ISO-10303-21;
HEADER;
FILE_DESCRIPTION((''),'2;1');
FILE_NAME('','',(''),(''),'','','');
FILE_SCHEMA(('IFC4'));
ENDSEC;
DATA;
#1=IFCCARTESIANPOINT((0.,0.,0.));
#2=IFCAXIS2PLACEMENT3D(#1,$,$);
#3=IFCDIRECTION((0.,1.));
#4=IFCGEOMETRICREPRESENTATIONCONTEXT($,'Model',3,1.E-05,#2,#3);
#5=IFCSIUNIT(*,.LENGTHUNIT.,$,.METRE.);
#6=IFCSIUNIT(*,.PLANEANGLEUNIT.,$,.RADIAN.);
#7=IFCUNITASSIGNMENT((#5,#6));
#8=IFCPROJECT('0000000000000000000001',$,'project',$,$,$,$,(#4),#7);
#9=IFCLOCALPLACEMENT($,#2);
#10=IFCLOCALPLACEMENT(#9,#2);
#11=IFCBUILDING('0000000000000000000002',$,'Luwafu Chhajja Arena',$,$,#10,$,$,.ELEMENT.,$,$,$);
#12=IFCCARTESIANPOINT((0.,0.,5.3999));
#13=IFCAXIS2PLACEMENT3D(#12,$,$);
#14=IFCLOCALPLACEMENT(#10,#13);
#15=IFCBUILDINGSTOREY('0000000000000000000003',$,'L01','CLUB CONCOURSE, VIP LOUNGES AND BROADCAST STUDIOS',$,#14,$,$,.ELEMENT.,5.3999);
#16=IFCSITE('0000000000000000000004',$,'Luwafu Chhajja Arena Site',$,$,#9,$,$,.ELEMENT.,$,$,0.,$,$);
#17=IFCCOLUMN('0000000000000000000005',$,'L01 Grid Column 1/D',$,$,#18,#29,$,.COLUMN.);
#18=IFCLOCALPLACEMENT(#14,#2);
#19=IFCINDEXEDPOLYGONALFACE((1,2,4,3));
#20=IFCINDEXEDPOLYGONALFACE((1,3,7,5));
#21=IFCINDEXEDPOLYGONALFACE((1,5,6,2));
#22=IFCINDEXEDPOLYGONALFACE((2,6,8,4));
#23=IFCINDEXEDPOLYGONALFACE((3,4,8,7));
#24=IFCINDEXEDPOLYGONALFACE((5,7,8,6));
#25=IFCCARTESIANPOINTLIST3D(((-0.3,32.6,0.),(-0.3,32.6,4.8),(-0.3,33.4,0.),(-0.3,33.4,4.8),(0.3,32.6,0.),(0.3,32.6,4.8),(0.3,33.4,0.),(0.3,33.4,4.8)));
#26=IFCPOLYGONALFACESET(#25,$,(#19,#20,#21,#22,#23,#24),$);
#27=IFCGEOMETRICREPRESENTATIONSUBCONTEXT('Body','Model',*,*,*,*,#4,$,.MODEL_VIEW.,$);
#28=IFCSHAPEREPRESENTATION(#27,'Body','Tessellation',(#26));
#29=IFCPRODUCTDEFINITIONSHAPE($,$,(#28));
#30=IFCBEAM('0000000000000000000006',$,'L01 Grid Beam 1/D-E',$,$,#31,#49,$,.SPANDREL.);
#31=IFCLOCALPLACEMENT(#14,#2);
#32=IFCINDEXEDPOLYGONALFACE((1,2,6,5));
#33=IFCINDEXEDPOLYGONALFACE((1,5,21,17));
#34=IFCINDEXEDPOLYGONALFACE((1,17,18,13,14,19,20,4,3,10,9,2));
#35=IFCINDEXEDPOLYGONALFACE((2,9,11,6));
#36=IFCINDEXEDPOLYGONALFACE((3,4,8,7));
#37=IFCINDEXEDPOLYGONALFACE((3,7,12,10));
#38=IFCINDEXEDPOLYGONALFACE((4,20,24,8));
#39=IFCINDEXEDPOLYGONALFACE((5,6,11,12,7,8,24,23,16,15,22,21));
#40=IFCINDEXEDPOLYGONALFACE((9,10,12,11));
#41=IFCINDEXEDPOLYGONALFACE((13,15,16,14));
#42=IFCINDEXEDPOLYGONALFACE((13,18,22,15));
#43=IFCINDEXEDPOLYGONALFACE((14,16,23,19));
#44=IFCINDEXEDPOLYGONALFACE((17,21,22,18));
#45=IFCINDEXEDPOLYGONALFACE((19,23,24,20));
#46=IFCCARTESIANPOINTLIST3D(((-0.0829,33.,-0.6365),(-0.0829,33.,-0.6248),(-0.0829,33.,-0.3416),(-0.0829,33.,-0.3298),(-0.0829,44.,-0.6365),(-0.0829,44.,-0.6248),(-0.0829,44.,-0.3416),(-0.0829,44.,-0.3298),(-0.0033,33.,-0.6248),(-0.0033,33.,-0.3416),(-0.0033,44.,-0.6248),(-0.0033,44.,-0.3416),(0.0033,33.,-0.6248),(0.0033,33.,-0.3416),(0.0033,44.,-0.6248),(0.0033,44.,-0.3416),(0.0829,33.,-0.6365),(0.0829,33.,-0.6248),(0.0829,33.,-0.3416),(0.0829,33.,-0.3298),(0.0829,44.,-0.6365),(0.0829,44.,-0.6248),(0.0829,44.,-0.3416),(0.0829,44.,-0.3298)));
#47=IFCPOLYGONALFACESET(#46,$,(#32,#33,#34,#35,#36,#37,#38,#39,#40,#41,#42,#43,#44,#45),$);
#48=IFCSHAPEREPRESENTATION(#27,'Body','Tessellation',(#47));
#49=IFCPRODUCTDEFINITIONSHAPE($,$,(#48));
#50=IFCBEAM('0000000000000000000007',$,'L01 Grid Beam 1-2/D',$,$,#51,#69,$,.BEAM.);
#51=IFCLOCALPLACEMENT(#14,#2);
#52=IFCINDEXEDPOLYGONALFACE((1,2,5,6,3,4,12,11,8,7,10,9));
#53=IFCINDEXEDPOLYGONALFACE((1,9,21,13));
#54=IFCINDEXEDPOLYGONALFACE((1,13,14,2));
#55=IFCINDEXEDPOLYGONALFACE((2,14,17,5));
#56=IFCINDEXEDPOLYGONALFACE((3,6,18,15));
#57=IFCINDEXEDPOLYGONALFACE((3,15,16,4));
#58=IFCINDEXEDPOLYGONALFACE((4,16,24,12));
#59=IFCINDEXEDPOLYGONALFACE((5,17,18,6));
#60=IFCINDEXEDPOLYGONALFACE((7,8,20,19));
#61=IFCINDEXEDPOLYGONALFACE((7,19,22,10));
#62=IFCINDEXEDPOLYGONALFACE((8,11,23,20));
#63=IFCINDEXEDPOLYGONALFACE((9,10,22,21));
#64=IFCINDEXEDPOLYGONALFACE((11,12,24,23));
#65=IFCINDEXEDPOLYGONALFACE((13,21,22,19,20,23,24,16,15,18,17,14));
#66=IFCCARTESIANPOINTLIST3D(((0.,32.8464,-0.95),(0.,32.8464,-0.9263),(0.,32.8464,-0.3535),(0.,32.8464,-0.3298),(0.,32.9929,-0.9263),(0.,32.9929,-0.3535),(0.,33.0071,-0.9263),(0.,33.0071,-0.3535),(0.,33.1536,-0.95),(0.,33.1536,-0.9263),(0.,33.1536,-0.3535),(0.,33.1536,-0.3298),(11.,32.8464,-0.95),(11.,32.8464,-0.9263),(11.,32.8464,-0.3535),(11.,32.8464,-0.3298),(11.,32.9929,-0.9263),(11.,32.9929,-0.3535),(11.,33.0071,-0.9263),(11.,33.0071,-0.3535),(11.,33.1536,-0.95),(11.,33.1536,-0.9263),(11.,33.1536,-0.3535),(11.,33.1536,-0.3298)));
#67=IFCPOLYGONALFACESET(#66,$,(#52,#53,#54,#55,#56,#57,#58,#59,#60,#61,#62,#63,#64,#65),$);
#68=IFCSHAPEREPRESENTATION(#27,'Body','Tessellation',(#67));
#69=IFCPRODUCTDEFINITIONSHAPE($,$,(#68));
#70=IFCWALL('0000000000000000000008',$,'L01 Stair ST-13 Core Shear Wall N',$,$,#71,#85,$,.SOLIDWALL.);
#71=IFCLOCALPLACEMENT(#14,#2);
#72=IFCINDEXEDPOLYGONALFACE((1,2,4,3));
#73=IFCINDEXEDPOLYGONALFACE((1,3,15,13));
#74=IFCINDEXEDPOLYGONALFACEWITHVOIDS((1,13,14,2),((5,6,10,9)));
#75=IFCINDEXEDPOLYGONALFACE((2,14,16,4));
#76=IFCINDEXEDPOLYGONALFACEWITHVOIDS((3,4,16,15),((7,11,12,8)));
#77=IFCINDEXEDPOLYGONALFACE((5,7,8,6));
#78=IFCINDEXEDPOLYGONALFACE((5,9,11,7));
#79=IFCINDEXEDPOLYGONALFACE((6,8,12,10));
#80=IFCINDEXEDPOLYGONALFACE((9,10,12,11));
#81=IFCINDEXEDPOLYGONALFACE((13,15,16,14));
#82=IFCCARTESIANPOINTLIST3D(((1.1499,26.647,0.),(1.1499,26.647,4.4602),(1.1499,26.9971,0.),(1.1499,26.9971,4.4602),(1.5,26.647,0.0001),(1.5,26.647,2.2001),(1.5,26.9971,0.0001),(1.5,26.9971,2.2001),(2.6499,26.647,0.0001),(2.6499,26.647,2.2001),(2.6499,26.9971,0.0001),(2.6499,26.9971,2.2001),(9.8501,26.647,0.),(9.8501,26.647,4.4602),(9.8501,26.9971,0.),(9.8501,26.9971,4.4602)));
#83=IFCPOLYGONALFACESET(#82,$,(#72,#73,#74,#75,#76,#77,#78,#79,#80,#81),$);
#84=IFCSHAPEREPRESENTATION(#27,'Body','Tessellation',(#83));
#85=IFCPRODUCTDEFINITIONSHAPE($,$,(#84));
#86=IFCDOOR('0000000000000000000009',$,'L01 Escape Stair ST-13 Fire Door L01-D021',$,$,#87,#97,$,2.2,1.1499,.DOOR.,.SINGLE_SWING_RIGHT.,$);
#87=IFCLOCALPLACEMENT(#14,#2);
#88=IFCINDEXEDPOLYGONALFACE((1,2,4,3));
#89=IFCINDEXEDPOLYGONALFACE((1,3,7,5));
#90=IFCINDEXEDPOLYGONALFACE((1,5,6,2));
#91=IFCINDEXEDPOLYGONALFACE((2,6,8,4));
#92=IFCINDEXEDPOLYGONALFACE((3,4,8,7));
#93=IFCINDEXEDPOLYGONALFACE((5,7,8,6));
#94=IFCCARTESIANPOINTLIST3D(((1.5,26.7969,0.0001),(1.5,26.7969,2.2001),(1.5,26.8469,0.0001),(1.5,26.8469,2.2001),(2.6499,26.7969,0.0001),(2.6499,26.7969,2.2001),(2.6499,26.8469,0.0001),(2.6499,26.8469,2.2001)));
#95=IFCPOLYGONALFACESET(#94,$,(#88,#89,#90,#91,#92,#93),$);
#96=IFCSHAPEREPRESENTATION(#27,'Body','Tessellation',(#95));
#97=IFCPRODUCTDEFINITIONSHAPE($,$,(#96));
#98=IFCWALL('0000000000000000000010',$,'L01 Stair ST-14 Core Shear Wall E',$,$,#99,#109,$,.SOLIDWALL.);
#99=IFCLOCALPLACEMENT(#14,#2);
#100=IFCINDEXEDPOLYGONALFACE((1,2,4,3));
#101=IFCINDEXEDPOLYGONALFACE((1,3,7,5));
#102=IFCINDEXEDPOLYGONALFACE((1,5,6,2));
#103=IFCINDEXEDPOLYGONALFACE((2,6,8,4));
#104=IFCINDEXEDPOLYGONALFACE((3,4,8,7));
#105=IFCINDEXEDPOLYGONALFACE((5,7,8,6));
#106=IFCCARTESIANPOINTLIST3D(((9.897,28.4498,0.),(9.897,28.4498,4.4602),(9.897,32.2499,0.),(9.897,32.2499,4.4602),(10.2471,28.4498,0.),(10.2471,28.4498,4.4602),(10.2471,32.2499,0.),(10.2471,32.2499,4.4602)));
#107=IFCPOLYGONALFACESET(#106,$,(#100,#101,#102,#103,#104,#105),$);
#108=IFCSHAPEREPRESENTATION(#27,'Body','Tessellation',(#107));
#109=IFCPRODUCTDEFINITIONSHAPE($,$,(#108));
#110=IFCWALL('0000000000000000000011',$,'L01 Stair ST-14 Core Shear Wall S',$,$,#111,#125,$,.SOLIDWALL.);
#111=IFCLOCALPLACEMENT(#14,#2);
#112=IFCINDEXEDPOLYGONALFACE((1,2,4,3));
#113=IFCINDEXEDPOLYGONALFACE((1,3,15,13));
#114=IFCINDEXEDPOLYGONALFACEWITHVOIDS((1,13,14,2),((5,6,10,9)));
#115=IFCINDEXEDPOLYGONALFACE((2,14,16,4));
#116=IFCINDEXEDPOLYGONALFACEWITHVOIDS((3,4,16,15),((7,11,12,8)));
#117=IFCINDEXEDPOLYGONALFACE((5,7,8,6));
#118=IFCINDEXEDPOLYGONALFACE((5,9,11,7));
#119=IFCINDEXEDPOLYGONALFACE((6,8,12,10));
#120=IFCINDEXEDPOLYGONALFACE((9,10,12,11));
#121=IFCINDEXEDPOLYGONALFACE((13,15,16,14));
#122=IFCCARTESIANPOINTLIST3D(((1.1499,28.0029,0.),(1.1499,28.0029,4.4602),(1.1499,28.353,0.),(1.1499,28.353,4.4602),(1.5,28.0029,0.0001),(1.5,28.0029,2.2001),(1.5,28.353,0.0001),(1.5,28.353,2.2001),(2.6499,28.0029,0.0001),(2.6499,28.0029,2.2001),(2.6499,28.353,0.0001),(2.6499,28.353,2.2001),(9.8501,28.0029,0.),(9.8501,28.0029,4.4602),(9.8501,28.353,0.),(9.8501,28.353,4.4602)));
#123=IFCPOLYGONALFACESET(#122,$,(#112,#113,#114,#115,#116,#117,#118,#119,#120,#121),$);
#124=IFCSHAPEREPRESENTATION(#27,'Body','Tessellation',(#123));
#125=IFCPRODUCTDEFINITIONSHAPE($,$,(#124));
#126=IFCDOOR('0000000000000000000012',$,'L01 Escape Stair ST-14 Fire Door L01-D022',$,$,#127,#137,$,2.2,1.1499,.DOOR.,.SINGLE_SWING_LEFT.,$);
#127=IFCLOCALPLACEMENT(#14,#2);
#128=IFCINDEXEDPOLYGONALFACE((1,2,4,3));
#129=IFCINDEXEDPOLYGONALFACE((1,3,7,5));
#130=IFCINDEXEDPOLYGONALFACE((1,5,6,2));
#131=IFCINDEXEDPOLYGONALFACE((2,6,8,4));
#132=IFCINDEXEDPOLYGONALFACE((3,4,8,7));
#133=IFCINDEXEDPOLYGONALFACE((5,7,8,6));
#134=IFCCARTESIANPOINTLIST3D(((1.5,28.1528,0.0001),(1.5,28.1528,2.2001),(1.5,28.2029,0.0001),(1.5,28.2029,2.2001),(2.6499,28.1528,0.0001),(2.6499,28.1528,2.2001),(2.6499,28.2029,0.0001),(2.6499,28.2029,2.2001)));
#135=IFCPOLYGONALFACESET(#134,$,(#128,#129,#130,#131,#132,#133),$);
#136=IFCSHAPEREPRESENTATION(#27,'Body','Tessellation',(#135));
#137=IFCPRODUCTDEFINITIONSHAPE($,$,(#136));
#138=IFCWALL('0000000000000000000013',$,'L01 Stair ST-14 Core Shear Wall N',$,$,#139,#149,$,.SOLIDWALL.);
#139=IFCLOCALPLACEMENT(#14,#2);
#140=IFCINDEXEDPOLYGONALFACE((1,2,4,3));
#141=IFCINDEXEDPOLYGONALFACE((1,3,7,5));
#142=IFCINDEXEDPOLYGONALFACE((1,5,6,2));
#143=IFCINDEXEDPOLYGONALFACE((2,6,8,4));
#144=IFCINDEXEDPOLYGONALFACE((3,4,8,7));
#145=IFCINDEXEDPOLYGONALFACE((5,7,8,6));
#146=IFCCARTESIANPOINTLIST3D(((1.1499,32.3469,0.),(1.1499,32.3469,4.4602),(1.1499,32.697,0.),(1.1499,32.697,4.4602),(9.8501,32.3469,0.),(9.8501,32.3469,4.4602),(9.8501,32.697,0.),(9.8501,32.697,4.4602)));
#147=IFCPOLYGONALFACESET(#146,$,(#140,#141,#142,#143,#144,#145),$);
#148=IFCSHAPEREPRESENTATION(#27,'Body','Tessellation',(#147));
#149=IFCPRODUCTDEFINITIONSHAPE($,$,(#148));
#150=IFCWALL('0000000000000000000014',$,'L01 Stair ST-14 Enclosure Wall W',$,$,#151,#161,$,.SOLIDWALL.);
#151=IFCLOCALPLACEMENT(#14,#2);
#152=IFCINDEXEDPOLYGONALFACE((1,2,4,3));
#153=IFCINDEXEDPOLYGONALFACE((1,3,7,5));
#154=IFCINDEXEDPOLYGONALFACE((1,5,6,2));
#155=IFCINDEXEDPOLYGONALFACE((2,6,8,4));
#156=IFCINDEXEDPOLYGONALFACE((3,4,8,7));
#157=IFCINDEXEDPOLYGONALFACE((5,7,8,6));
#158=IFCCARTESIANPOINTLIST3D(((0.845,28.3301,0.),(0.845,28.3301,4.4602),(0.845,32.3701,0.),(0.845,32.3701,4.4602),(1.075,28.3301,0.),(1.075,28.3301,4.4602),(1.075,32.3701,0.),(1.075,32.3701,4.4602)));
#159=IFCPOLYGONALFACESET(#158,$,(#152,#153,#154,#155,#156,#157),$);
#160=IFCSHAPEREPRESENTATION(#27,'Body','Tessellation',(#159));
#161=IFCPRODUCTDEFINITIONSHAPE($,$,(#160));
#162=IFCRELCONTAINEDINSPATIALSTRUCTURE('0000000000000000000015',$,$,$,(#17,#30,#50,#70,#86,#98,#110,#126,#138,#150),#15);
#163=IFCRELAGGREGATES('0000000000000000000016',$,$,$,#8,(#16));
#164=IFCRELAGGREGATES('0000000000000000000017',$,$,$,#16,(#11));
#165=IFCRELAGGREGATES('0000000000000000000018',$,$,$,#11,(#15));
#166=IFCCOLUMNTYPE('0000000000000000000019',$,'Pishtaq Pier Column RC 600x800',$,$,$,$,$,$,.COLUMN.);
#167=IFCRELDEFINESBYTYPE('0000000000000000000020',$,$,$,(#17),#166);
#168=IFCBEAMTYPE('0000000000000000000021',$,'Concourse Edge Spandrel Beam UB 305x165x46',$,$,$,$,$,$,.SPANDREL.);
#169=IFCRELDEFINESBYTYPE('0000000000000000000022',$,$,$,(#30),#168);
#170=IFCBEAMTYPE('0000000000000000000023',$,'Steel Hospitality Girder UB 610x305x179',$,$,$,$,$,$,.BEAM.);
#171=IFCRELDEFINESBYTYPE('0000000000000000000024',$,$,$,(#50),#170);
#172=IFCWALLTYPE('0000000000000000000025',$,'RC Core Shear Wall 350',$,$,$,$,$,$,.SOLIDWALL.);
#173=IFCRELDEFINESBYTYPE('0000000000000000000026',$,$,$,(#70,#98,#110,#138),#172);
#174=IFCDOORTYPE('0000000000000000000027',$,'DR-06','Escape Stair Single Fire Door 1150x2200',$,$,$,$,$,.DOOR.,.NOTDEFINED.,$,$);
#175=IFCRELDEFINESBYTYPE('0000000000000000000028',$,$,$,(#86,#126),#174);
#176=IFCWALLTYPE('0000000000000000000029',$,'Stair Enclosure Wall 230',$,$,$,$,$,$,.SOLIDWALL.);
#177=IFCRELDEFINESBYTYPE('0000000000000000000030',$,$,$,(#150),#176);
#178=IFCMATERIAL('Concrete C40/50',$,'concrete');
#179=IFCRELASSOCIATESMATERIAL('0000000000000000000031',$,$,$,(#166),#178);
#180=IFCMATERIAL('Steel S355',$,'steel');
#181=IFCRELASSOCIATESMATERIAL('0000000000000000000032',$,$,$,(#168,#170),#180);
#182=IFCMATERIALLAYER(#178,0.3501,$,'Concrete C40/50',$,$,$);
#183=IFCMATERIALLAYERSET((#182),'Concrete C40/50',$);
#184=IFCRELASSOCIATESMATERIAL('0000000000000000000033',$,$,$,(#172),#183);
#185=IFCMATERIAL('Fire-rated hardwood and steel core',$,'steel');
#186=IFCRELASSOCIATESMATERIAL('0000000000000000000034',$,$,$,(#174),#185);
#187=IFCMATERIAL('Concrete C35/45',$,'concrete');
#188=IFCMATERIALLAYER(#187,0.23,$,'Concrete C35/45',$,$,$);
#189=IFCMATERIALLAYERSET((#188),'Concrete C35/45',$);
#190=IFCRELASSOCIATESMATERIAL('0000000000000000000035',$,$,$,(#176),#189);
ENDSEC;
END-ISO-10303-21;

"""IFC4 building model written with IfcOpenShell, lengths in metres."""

from ifc_helpers import new_model, si_unit, direction, frame, frame_2d, origin, origin_2d, place, context, subcontext, project, spatial, rectangle, i_section, extrude, material, layer, layer_set, material_profile, profile_set, type_object, element, fill, save


model = new_model("IFC4")

# Units and contexts
model_context = context("Model", 3, precision=1e-05, world=origin(), true_north=direction((0.0, 1.0)))
body_context = subcontext(model_context, "Body", "Model", "MODEL_VIEW")
ifc_project = project(units=[si_unit("LENGTHUNIT", "METRE"), si_unit("PLANEANGLEUNIT", "RADIAN")], contexts=[model_context])

# Site, building, storey
site_placement = place(None, origin())
site = spatial("IfcSite", under=ifc_project, at=site_placement, Name="Luwafu Chhajja Arena Site", CompositionType="ELEMENT", RefElevation=0.0)
building_placement = place(site_placement, origin())
building = spatial("IfcBuilding", under=site, at=building_placement, Name="Luwafu Chhajja Arena", CompositionType="ELEMENT")
storey_placement = place(building_placement, frame((0.0, 0.0, 5.3999)))
storey = spatial("IfcBuildingStorey", under=building, at=storey_placement, Name="L01", Description="CLUB CONCOURSE, VIP LOUNGES AND BROADCAST STUDIOS", CompositionType="ELEMENT", Elevation=5.3999)

# Column
ifc_material_1 = material(Name="Concrete C40/50", Category="concrete")
ifc_material_profile_1 = material_profile(ifc_material_1, rectangle(XDim=0.6001, YDim=0.8, at=origin_2d()), Name="RC 600x800")
ifc_profile_set_1 = profile_set([ifc_material_profile_1], Name="Concrete C40/50")
column_type = type_object("IfcColumnType", Name="Pishtaq Pier Column RC 600x800", PredefinedType="COLUMN", material=ifc_profile_set_1)
column_placement = place(storey_placement, frame((0.0, 33.0, 0.0), z_axis=(0.0, 0.0, 1.0), x_axis=(1.0, 0.0, 0.0)))
element("IfcColumn", 1, at=column_placement, inside=storey, type_object=column_type, Name="L01 Grid Column 1/D", PredefinedType="COLUMN", context=body_context, shape_type="SweptSolid", body=[
    extrude(rectangle(XDim=0.6001, YDim=0.8, at=origin_2d()), origin(), (0.0, 0.0, 1.0), 4.8),
])

# Beams
ifc_material_2 = material(Name="Steel S355", Category="steel")
ifc_material_profile_2 = material_profile(ifc_material_2, i_section(OverallWidth=0.1658, OverallDepth=0.3066, WebThickness=0.0066, FlangeThickness=0.0117, at=origin_2d()), Name="UB 305x165x46")
ifc_profile_set_2 = profile_set([ifc_material_profile_2], Name="Steel S355")
beam_type_1 = type_object("IfcBeamType", Name="Concourse Edge Spandrel Beam UB 305x165x46", PredefinedType="SPANDREL", material=ifc_profile_set_2)
beam_1_placement = place(storey_placement, frame((0.0, 33.0, -0.4832), z_axis=(0.0, 1.0, 0.0), x_axis=(-1.0, 0.0, 0.0)))
element("IfcBeam", 2, at=beam_1_placement, inside=storey, type_object=beam_type_1, Name="L01 Grid Beam 1/D-E", PredefinedType="SPANDREL", context=body_context, shape_type="SweptSolid", body=[
    extrude(i_section(OverallWidth=0.1658, OverallDepth=0.3066, WebThickness=0.0066, FlangeThickness=0.0117, at=origin_2d()), origin(), (0.0, 0.0, 1.0), 11.0),
])
ifc_material_profile_3 = material_profile(ifc_material_2, i_section(OverallWidth=0.3071, OverallDepth=0.6201, WebThickness=0.0142, FlangeThickness=0.0237, at=origin_2d()), Name="UB 610x305x179")
ifc_profile_set_3 = profile_set([ifc_material_profile_3], Name="Steel S355")
beam_type_2 = type_object("IfcBeamType", Name="Steel Hospitality Girder UB 610x305x179", PredefinedType="BEAM", material=ifc_profile_set_3)
beam_2_placement = place(storey_placement, frame((0.0, 33.0, -0.6399), z_axis=(1.0, 0.0, 0.0), x_axis=(0.0, 1.0, 0.0)))
element("IfcBeam", 3, at=beam_2_placement, inside=storey, type_object=beam_type_2, Name="L01 Grid Beam 1-2/D", PredefinedType="BEAM", context=body_context, shape_type="SweptSolid", body=[
    extrude(i_section(OverallWidth=0.3071, OverallDepth=0.6201, WebThickness=0.0142, FlangeThickness=0.0237, at=origin_2d()), origin(), (0.0, 0.0, 1.0), 11.0),
])

# Wall, opening, door
ifc_layer_1 = layer(ifc_material_1, 0.3501, Name="Concrete C40/50")
ifc_layer_set_1 = layer_set([ifc_layer_1], Name="Concrete C40/50")
wall_type_1 = type_object("IfcWallType", Name="RC Core Shear Wall 350", PredefinedType="SOLIDWALL", material=ifc_layer_set_1)
wall_1_placement = place(storey_placement, frame((1.1499, 26.822, 0.0), z_axis=(0.0, 0.0, 1.0), x_axis=(1.0, 0.0, 0.0)))
wall_1 = element("IfcWall", 4, at=wall_1_placement, inside=storey, type_object=wall_type_1, Name="L01 Stair ST-13 Core Shear Wall N", PredefinedType="SOLIDWALL", context=body_context, shape_type="SweptSolid", body=[
    extrude(rectangle(XDim=8.7002, YDim=0.3501, at=frame_2d((4.3501, 0.0))), origin(), (0.0, 0.0, 1.0), 4.4602),
])
opening_1_placement = place(wall_1_placement, frame((0.3501, 0.0, 0.0)))
opening_1 = element("IfcOpeningElement", 5, at=opening_1_placement, cuts=wall_1, PredefinedType="OPENING", context=body_context, shape_type="SweptSolid", body=[
    extrude(rectangle(XDim=1.1499, YDim=2.2, at=frame_2d((0.575, 1.1001))), frame((0.0, 0.1851, 0.0), z_axis=(0.0, -1.0, 0.0), x_axis=(1.0, 0.0, 0.0)), (0.0, 0.0, 1.0), 0.3701),
])
ifc_material_3 = material(Name="Fire-rated hardwood and steel core", Category="steel")
door_type = type_object("IfcDoorType", Name="DR-06", Description="Escape Stair Single Fire Door 1150x2200", OperationType="NOTDEFINED", PredefinedType="DOOR", material=ifc_material_3)
door_1_placement = place(opening_1_placement, origin())
door_1 = element("IfcDoor", 6, at=door_1_placement, inside=storey, type_object=door_type, Name="L01 Escape Stair ST-13 Fire Door L01-D021", OperationType="SINGLE_SWING_RIGHT", OverallHeight=2.2, OverallWidth=1.1499, PredefinedType="DOOR", context=body_context, shape_type="SweptSolid", body=[
    extrude(rectangle(XDim=1.1499, YDim=2.2, at=frame_2d((0.575, 1.1001))), frame((0.0, 0.0249, 0.0), z_axis=(0.0, -1.0, 0.0), x_axis=(1.0, 0.0, 0.0)), (0.0, 0.0, 1.0), 0.05),
])
fill(opening_1, door_1)

# Wall
wall_2_placement = place(storey_placement, frame((10.072, 28.45, 0.0), z_axis=(0.0, 0.0, 1.0), x_axis=(0.0, 1.0, 0.0)))
element("IfcWall", 7, at=wall_2_placement, inside=storey, type_object=wall_type_1, Name="L01 Stair ST-14 Core Shear Wall E", PredefinedType="SOLIDWALL", context=body_context, shape_type="SweptSolid", body=[
    extrude(rectangle(XDim=3.8, YDim=0.3501, at=frame_2d((1.8999, 0.0))), origin(), (0.0, 0.0, 1.0), 4.4602),
])

# Wall, opening, door
wall_3_placement = place(storey_placement, frame((1.1499, 28.178, 0.0), z_axis=(0.0, 0.0, 1.0), x_axis=(1.0, 0.0, 0.0)))
wall_3 = element("IfcWall", 8, at=wall_3_placement, inside=storey, type_object=wall_type_1, Name="L01 Stair ST-14 Core Shear Wall S", PredefinedType="SOLIDWALL", context=body_context, shape_type="SweptSolid", body=[
    extrude(rectangle(XDim=8.7002, YDim=0.3501, at=frame_2d((4.3501, 0.0))), origin(), (0.0, 0.0, 1.0), 4.4602),
])
opening_2_placement = place(wall_3_placement, frame((0.3501, 0.0, 0.0)))
opening_2 = element("IfcOpeningElement", 9, at=opening_2_placement, cuts=wall_3, PredefinedType="OPENING", context=body_context, shape_type="SweptSolid", body=[
    extrude(rectangle(XDim=1.1499, YDim=2.2, at=frame_2d((0.575, 1.1001))), frame((0.0, 0.1851, 0.0), z_axis=(0.0, -1.0, 0.0), x_axis=(1.0, 0.0, 0.0)), (0.0, 0.0, 1.0), 0.3701),
])
door_2_placement = place(opening_2_placement, origin())
door_2 = element("IfcDoor", 10, at=door_2_placement, inside=storey, type_object=door_type, Name="L01 Escape Stair ST-14 Fire Door L01-D022", OperationType="SINGLE_SWING_LEFT", OverallHeight=2.2, OverallWidth=1.1499, PredefinedType="DOOR", context=body_context, shape_type="SweptSolid", body=[
    extrude(rectangle(XDim=1.1499, YDim=2.2, at=frame_2d((0.575, 1.1001))), frame((0.0, 0.0249, 0.0), z_axis=(0.0, -1.0, 0.0), x_axis=(1.0, 0.0, 0.0)), (0.0, 0.0, 1.0), 0.05),
])
fill(opening_2, door_2)

# Walls
wall_4_placement = place(storey_placement, frame((1.1499, 32.522, 0.0), z_axis=(0.0, 0.0, 1.0), x_axis=(1.0, 0.0, 0.0)))
element("IfcWall", 11, at=wall_4_placement, inside=storey, type_object=wall_type_1, Name="L01 Stair ST-14 Core Shear Wall N", PredefinedType="SOLIDWALL", context=body_context, shape_type="SweptSolid", body=[
    extrude(rectangle(XDim=8.7002, YDim=0.3501, at=frame_2d((4.3501, 0.0))), origin(), (0.0, 0.0, 1.0), 4.4602),
])
ifc_material_4 = material(Name="Concrete C35/45", Category="concrete")
ifc_layer_2 = layer(ifc_material_4, 0.23, Name="Concrete C35/45")
ifc_layer_set_2 = layer_set([ifc_layer_2], Name="Concrete C35/45")
wall_type_2 = type_object("IfcWallType", Name="Stair Enclosure Wall 230", PredefinedType="SOLIDWALL", material=ifc_layer_set_2)
wall_5_placement = place(storey_placement, frame((0.96, 28.3301, 0.0), z_axis=(0.0, 0.0, 1.0), x_axis=(0.0, 1.0, 0.0)))
element("IfcWall", 12, at=wall_5_placement, inside=storey, type_object=wall_type_2, Name="L01 Stair ST-14 Enclosure Wall W", PredefinedType="SOLIDWALL", context=body_context, shape_type="SweptSolid", body=[
    extrude(rectangle(XDim=4.04, YDim=0.23, at=frame_2d((2.02, 0.0))), origin(), (0.0, 0.0, 1.0), 4.4602),
])

save(model, "model.ifc")
